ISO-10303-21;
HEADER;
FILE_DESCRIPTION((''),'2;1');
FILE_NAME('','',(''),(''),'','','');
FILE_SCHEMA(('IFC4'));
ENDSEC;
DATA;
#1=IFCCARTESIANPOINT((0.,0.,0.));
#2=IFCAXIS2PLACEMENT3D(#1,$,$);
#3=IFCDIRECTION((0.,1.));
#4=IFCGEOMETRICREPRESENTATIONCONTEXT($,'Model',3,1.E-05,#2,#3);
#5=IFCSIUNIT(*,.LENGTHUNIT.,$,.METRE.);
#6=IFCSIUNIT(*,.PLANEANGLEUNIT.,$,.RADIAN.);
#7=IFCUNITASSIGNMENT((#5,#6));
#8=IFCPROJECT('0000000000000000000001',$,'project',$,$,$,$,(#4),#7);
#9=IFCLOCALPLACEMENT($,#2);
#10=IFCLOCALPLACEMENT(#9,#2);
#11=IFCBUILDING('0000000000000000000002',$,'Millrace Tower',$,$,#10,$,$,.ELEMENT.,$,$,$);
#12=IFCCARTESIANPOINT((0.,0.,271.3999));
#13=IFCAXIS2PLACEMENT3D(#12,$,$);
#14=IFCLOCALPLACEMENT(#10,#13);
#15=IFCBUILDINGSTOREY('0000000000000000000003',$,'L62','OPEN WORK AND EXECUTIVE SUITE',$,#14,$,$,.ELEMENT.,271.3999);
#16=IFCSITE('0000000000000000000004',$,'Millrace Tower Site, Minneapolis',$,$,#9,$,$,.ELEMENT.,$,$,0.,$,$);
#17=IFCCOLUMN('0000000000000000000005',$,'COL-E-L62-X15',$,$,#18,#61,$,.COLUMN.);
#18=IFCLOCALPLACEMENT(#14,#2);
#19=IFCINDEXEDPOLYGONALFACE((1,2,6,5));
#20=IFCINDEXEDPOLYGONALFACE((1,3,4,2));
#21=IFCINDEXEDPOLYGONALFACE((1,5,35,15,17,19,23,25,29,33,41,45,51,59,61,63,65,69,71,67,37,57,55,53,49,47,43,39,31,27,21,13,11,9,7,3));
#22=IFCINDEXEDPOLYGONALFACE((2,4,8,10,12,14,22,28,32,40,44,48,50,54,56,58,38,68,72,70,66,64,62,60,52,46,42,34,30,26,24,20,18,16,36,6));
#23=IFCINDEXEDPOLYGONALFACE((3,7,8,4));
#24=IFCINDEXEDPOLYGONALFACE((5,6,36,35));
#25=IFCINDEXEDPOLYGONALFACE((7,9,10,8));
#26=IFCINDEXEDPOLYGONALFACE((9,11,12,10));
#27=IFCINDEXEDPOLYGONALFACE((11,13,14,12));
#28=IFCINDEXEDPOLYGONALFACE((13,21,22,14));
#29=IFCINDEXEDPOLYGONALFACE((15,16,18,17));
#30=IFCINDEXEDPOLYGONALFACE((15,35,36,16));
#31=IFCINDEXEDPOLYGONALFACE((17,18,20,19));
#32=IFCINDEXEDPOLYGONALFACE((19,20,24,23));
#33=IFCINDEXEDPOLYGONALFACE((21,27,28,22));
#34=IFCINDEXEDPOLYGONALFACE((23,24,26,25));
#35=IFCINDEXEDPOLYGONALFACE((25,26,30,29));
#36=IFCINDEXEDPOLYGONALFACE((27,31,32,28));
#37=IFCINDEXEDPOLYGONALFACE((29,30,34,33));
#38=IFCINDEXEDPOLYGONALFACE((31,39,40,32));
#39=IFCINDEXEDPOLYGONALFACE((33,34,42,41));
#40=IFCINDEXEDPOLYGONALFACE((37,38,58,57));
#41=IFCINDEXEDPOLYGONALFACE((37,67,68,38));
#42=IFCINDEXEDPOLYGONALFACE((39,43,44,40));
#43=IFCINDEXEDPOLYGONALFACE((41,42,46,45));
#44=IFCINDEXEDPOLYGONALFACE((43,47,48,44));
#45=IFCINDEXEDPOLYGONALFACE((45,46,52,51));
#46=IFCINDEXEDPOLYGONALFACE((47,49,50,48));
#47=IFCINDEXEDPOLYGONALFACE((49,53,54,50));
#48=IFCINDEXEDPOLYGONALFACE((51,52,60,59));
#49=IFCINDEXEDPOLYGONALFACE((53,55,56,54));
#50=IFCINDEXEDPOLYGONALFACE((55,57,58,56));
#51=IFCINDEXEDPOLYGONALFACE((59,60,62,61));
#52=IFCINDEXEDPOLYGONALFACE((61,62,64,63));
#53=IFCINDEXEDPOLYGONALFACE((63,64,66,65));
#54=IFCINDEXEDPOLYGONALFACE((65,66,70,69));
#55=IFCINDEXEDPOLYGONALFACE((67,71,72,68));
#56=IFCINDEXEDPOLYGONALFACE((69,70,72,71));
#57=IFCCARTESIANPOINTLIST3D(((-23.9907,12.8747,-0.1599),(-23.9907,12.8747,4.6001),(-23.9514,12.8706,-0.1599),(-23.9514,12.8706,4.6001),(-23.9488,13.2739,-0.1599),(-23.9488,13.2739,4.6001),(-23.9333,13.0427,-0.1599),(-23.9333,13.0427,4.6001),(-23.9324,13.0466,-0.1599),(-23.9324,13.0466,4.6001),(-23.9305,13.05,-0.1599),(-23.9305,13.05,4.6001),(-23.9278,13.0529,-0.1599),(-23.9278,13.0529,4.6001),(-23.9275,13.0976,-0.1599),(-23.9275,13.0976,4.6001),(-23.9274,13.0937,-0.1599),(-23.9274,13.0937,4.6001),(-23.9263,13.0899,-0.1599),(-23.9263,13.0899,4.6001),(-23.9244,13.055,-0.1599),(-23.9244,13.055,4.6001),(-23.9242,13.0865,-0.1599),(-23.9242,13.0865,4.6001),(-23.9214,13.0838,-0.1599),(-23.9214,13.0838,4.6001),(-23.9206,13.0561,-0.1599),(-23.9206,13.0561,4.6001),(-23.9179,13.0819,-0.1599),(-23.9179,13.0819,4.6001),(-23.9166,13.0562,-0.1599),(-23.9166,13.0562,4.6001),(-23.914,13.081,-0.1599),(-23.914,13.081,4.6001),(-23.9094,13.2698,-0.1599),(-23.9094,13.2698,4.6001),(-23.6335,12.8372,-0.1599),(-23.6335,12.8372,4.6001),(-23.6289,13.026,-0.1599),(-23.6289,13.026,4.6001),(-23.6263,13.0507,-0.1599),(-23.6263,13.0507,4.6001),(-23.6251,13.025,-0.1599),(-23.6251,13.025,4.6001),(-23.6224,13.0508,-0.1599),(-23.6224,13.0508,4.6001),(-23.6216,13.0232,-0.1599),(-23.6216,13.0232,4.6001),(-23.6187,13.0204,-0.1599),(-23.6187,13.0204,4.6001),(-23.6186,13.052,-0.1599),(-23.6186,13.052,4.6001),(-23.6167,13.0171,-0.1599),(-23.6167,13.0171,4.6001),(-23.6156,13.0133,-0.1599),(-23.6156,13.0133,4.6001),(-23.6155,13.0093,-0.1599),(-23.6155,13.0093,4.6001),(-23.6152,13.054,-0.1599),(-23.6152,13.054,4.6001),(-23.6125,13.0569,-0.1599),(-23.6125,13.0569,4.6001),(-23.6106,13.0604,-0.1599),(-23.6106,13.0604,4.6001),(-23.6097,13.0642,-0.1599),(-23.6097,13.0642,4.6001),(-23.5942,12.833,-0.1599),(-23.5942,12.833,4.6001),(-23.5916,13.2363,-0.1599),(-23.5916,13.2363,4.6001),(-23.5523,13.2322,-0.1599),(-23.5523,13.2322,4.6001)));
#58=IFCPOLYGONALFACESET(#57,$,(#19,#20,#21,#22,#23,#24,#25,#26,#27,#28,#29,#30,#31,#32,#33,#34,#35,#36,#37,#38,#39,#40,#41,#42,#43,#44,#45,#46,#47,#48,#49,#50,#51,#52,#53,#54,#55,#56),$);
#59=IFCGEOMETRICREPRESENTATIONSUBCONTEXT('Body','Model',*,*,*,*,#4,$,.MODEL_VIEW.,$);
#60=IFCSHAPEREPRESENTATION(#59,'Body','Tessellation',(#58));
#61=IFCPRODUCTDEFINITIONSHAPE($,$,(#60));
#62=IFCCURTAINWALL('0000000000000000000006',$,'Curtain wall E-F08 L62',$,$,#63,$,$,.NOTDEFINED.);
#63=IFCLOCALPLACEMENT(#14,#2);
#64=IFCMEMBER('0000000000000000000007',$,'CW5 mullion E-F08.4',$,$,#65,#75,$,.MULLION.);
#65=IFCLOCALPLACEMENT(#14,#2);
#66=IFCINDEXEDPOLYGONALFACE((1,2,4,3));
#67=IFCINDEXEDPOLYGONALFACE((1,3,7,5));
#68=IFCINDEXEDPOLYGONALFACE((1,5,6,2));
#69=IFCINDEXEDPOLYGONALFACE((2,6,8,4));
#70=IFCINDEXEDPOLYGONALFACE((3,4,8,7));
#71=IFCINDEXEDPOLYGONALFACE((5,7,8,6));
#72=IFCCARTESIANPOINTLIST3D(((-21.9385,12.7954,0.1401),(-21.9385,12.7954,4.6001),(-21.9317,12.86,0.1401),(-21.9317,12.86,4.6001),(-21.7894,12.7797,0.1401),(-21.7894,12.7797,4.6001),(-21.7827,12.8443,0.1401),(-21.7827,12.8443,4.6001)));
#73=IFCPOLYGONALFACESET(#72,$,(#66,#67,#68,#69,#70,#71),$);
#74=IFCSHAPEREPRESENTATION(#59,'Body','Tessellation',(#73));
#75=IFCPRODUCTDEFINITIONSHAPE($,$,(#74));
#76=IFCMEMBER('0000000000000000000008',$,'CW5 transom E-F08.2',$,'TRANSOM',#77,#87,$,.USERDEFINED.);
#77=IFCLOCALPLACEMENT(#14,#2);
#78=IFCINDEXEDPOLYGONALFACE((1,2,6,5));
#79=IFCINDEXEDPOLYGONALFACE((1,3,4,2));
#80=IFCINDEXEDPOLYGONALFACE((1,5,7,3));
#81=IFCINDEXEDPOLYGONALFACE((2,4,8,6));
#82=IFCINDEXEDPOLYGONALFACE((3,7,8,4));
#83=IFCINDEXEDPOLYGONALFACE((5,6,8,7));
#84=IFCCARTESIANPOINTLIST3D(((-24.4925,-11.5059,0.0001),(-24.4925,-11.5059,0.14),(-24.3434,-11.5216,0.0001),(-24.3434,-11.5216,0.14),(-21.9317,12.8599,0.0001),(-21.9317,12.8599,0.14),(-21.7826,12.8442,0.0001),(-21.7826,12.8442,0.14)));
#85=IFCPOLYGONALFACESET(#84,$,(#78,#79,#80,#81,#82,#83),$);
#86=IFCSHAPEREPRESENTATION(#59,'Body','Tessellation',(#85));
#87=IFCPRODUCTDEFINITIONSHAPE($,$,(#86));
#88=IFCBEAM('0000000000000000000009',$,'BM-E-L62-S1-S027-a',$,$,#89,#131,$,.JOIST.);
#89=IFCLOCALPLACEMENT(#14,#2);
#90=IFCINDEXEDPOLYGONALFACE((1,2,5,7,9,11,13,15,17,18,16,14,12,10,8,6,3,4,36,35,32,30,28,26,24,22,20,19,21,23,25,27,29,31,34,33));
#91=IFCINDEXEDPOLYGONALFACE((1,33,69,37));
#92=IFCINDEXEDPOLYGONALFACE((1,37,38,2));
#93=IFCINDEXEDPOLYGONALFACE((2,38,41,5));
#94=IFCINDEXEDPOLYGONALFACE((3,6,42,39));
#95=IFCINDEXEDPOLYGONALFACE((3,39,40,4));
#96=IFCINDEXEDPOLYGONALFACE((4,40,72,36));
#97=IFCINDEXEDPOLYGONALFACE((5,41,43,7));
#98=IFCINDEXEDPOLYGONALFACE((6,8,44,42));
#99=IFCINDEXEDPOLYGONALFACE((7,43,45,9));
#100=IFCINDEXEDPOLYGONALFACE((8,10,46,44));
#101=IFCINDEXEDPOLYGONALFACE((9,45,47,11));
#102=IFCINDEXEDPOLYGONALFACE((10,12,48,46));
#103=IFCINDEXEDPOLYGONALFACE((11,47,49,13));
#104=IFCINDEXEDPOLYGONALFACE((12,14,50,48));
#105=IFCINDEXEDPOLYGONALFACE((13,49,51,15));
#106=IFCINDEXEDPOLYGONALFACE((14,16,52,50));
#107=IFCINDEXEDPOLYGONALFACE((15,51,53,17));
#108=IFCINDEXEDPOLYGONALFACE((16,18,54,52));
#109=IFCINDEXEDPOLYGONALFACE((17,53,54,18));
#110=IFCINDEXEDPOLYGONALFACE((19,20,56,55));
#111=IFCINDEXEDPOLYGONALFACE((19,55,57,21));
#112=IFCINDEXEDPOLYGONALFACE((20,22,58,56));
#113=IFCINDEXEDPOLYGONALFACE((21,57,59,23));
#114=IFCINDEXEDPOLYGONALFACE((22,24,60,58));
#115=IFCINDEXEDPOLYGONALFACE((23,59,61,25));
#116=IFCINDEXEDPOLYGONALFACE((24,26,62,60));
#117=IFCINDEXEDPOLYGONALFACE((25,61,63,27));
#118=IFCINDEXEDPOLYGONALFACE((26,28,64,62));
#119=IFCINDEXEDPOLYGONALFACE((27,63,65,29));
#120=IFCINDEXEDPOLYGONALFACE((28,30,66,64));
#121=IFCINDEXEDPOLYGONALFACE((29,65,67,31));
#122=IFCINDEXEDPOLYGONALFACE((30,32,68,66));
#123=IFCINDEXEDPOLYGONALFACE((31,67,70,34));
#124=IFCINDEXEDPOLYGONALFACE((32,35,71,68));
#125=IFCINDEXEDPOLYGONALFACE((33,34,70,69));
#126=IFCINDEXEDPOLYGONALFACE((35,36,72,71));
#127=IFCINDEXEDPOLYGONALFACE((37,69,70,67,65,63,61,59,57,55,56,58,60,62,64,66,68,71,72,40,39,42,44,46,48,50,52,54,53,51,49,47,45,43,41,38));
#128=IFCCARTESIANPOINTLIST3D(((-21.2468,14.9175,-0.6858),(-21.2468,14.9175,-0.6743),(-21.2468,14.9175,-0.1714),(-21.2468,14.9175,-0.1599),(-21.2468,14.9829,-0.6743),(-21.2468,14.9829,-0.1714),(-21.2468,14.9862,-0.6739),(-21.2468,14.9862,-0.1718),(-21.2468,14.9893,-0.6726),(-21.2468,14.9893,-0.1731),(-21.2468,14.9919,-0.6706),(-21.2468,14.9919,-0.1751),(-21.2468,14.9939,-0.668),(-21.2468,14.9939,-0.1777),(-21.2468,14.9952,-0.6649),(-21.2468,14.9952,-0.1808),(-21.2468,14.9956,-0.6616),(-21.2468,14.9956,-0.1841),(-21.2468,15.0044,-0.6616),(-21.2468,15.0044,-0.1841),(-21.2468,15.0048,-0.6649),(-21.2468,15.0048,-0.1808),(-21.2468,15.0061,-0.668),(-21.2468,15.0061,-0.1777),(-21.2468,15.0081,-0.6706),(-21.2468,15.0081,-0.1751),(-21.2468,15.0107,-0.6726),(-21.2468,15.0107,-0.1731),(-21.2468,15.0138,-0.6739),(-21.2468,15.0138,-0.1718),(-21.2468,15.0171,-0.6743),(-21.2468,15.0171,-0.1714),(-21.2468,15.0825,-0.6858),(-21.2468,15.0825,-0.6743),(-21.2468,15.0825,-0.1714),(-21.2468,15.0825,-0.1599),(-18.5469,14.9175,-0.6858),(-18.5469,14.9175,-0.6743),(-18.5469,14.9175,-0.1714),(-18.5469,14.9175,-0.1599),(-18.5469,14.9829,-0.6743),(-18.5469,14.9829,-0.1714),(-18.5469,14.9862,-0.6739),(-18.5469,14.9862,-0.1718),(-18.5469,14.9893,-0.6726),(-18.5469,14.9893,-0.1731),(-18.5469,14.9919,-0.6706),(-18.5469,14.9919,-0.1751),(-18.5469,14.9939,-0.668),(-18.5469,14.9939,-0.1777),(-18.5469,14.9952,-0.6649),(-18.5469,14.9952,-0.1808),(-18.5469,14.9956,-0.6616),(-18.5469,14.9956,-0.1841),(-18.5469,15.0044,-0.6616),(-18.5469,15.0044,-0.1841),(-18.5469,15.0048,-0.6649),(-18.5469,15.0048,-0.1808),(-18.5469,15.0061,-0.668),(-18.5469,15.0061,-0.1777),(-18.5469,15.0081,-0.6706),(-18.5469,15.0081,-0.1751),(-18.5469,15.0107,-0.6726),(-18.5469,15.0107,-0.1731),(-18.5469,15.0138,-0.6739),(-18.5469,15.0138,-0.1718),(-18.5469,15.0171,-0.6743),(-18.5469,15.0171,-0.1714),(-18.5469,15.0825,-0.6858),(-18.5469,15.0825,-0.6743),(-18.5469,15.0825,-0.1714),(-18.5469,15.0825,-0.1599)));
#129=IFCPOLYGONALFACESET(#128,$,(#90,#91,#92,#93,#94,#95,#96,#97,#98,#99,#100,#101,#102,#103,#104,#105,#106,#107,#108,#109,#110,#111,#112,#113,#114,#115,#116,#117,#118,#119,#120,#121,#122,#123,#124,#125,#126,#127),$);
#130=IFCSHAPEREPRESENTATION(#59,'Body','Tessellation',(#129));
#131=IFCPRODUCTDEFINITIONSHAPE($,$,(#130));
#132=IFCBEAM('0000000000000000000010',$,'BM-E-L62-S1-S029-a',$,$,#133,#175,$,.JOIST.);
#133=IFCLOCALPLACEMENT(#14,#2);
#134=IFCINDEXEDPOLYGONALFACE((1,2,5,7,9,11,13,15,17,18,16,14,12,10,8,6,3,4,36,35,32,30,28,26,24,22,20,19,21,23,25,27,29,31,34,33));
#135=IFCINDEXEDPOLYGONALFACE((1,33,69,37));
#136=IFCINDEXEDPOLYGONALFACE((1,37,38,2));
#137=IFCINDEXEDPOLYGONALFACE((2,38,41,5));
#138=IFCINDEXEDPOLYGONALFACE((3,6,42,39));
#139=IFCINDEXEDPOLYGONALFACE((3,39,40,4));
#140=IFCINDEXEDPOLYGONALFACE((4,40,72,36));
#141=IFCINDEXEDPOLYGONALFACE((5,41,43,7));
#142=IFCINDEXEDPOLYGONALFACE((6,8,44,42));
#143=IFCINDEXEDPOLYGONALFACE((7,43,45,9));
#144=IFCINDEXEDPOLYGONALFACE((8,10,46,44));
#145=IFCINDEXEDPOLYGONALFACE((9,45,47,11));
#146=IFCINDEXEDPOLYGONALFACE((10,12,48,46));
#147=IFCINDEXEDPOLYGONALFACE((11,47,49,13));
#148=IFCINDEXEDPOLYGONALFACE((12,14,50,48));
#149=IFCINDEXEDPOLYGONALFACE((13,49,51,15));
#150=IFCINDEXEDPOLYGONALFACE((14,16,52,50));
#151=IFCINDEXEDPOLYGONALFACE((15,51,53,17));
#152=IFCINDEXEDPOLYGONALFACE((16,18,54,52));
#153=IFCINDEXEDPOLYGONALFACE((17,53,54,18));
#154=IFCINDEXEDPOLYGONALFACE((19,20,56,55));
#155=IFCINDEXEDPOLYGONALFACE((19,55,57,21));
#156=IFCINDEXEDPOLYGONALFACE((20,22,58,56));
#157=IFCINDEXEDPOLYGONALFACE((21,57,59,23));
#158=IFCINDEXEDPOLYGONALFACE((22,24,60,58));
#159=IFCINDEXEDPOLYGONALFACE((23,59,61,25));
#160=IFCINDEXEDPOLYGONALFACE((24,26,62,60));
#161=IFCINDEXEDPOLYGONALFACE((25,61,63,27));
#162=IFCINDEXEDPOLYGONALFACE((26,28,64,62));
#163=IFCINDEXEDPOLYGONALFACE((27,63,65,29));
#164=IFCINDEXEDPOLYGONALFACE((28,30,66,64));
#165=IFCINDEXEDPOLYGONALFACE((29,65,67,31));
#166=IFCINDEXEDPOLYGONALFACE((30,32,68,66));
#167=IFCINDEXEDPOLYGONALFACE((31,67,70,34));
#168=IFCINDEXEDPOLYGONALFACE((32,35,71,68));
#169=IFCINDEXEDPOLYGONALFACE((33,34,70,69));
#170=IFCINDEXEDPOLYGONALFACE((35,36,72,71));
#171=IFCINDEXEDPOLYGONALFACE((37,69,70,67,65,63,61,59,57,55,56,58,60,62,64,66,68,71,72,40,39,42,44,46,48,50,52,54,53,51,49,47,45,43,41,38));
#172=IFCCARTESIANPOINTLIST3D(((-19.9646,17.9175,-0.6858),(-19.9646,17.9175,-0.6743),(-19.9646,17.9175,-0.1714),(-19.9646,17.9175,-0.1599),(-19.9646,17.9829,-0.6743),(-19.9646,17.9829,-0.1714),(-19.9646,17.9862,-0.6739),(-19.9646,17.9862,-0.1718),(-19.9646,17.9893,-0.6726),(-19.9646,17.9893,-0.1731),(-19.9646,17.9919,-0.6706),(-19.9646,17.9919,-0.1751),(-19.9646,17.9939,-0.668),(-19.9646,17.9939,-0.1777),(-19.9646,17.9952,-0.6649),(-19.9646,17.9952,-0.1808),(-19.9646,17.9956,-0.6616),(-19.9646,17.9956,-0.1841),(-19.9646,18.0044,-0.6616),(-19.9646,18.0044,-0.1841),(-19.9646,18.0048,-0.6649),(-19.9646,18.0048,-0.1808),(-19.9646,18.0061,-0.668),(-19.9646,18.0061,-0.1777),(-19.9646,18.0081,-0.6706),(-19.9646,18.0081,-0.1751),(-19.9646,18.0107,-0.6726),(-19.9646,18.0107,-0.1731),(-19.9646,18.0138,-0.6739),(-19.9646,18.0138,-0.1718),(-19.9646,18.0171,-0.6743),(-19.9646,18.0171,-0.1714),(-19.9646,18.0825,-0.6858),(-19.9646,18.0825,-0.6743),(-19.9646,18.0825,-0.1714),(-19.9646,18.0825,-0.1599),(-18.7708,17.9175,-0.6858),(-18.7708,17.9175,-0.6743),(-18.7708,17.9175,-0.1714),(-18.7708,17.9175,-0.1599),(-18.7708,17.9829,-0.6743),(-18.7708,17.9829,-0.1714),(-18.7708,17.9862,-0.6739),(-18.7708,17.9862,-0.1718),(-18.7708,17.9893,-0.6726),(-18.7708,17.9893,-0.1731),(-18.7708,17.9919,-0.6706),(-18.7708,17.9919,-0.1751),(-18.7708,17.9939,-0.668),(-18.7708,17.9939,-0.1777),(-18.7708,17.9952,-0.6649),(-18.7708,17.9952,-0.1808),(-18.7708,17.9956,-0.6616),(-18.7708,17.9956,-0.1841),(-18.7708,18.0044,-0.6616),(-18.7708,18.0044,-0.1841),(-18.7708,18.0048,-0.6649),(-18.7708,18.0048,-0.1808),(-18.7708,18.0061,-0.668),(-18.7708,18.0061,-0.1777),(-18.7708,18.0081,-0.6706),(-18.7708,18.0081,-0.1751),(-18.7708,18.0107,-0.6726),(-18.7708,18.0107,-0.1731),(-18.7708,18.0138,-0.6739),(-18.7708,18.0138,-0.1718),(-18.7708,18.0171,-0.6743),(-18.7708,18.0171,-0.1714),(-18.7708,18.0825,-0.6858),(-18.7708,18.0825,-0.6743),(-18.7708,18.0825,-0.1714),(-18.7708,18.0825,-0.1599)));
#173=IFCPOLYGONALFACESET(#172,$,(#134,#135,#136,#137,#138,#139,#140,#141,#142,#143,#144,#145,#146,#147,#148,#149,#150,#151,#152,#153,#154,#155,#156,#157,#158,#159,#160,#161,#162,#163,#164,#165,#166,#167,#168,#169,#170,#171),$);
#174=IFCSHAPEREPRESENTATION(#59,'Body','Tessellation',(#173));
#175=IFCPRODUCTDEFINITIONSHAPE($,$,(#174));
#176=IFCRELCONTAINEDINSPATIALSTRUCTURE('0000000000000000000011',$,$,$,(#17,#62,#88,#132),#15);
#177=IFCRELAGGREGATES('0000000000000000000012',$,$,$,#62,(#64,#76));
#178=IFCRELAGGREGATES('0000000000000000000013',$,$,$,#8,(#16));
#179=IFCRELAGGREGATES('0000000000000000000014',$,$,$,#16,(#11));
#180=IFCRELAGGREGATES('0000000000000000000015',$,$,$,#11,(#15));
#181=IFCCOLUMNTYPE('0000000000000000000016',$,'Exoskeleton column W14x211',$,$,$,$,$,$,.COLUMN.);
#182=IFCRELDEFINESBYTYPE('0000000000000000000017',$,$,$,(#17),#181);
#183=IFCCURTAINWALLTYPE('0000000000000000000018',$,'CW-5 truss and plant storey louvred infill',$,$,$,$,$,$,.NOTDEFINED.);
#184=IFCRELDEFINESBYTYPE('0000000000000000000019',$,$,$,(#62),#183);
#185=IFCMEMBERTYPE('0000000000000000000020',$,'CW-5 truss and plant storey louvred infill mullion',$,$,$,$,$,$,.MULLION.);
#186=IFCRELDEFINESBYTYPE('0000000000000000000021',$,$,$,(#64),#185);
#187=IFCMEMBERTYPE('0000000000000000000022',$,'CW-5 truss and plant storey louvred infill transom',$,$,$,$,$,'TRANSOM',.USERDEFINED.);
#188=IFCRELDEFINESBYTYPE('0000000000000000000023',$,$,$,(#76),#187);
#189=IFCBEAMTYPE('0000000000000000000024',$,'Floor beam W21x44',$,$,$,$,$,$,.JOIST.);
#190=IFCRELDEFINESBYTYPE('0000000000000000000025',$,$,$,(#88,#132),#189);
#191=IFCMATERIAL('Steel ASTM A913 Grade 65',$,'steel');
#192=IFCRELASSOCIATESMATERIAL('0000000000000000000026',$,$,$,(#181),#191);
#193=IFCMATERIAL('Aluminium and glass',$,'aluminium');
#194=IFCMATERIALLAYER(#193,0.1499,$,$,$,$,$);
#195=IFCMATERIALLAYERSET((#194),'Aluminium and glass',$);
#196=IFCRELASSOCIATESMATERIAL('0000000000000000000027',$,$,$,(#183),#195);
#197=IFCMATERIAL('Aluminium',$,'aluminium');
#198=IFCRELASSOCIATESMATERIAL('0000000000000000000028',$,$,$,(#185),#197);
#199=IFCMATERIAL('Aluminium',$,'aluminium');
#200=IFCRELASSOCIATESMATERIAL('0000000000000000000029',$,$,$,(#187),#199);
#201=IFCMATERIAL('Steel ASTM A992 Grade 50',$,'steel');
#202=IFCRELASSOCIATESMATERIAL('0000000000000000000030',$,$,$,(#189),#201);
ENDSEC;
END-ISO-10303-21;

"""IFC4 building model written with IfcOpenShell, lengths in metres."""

from ifc_helpers import new_model, si_unit, direction, frame, origin, origin_2d, place, context, subcontext, project, spatial, rectangle, i_section, extrude, material, layer, layer_set, material_profile, profile_set, type_object, element, aggregate, save


model = new_model("IFC4")

# Units and contexts
model_context = context("Model", 3, precision=1e-05, world=origin(), true_north=direction((0.0, 1.0)))
body_context = subcontext(model_context, "Body", "Model", "MODEL_VIEW")
ifc_project = project(units=[si_unit("LENGTHUNIT", "METRE"), si_unit("PLANEANGLEUNIT", "RADIAN")], contexts=[model_context])

# Site, building, storey
site_placement = place(None, origin())
site = spatial("IfcSite", under=ifc_project, at=site_placement, Name="Millrace Tower Site, Minneapolis", CompositionType="ELEMENT", RefElevation=0.0)
building_placement = place(site_placement, origin())
building = spatial("IfcBuilding", under=site, at=building_placement, Name="Millrace Tower", CompositionType="ELEMENT")
storey_placement = place(building_placement, frame((0.0, 0.0, 271.3999)))
storey = spatial("IfcBuildingStorey", under=building, at=storey_placement, Name="L62", Description="OPEN WORK AND EXECUTIVE SUITE", CompositionType="ELEMENT", Elevation=271.3999)

# Column
ifc_material_1 = material(Name="Steel ASTM A913 Grade 65", Category="steel")
ifc_material_profile_1 = material_profile(ifc_material_1, i_section(OverallWidth=0.4014, OverallDepth=0.3987, WebThickness=0.0249, FlangeThickness=0.0396, FilletRadius=0.0151, at=origin_2d()))
ifc_profile_set_1 = profile_set([ifc_material_profile_1], Name="Steel ASTM A913 Grade 65")
column_type = type_object("IfcColumnType", Name="Exoskeleton column W14x211", PredefinedType="COLUMN", material=ifc_profile_set_1)
column_placement = place(storey_placement, frame((-23.7715, 13.0535, -0.1599), z_axis=(0.0, 0.0, 1.0), x_axis=(-0.104528, -0.994522, 0.0)))
element("IfcColumn", 1, at=column_placement, inside=storey, type_object=column_type, Name="COL-E-L62-X15", PredefinedType="COLUMN", context=body_context, shape_type="SweptSolid", body=[
    extrude(i_section(OverallWidth=0.4014, OverallDepth=0.3987, WebThickness=0.0249, FlangeThickness=0.0396, FilletRadius=0.0151, at=origin_2d()), origin(), (0.0, 0.0, 1.0), 4.76),
])

# Curtain wall, members
ifc_material_2 = material(Name="Aluminium and glass", Category="aluminium")
ifc_layer_1 = layer(ifc_material_2, 0.1499)
ifc_layer_set_1 = layer_set([ifc_layer_1], Name="Aluminium and glass")
curtain_wall_type = type_object("IfcCurtainWallType", Name="CW-5 truss and plant storey louvred infill", PredefinedType="NOTDEFINED", material=ifc_layer_set_1)
curtain_wall_placement = place(storey_placement, origin())
curtain_wall = element("IfcCurtainWall", 2, at=curtain_wall_placement, inside=storey, type_object=curtain_wall_type, Name="Curtain wall E-F08 L62", PredefinedType="NOTDEFINED")
ifc_material_3 = material(Name="Aluminium", Category="aluminium")
ifc_material_profile_2 = material_profile(ifc_material_3, rectangle(XDim=0.0649, YDim=0.1499, at=origin_2d()))
ifc_profile_set_2 = profile_set([ifc_material_profile_2], Name="Aluminium")
member_type_1 = type_object("IfcMemberType", Name="CW-5 truss and plant storey louvred infill mullion", PredefinedType="MULLION", material=ifc_profile_set_2)
member_1_placement = place(storey_placement, frame((-21.8606, 12.8198, 0.1401), z_axis=(0.0, 0.0, 1.0), x_axis=(-0.104528, -0.994522, 0.0)))
member_1 = element("IfcMember", 3, at=member_1_placement, type_object=member_type_1, Name="CW5 mullion E-F08.4", PredefinedType="MULLION", context=body_context, shape_type="SweptSolid", body=[
    extrude(rectangle(XDim=0.0649, YDim=0.1499, at=origin_2d()), origin(), (0.0, 0.0, 1.0), 4.46),
])
ifc_material_4 = material(Name="Aluminium", Category="aluminium")
ifc_material_profile_3 = material_profile(ifc_material_4, rectangle(XDim=0.1499, YDim=0.1399, at=origin_2d()))
ifc_profile_set_3 = profile_set([ifc_material_profile_3], Name="Aluminium")
member_type_2 = type_object("IfcMemberType", Name="CW-5 truss and plant storey louvred infill transom", ElementType="TRANSOM", PredefinedType="USERDEFINED", material=ifc_profile_set_3)
member_2_placement = place(storey_placement, frame((-21.8572, 12.8521, 0.0701), z_axis=(-0.104522, -0.994523, 0.0), x_axis=(0.994523, -0.104522, 0.0)))
member_2 = element("IfcMember", 4, at=member_2_placement, type_object=member_type_2, Name="CW5 transom E-F08.2", ObjectType="TRANSOM", PredefinedType="USERDEFINED", context=body_context, shape_type="SweptSolid", body=[
    extrude(rectangle(XDim=0.1499, YDim=0.1399, at=origin_2d()), origin(), (0.0, 0.0, 1.0), 24.5),
])
aggregate(curtain_wall, [member_1, member_2])

# Beams
ifc_material_5 = material(Name="Steel ASTM A992 Grade 50", Category="steel")
ifc_material_profile_4 = material_profile(ifc_material_5, i_section(OverallWidth=0.165, OverallDepth=0.5259, WebThickness=0.0088, FlangeThickness=0.0115, FilletRadius=0.0127, at=origin_2d()))
ifc_profile_set_4 = profile_set([ifc_material_profile_4], Name="Steel ASTM A992 Grade 50")
beam_type_1 = type_object("IfcBeamType", Name="Floor beam W21x44", PredefinedType="JOIST", material=ifc_profile_set_4)
beam_1_placement = place(storey_placement, frame((-21.2468, 15.0, -0.4229), z_axis=(1.0, 0.0, 0.0), x_axis=(0.0, 1.0, 0.0)))
element("IfcBeam", 5, at=beam_1_placement, inside=storey, type_object=beam_type_1, Name="BM-E-L62-S1-S027-a", PredefinedType="JOIST", context=body_context, shape_type="SweptSolid", body=[
    extrude(i_section(OverallWidth=0.165, OverallDepth=0.5259, WebThickness=0.0088, FlangeThickness=0.0115, FilletRadius=0.0127, at=origin_2d()), origin(), (0.0, 0.0, 1.0), 2.7),
])
beam_2_placement = place(storey_placement, frame((-19.9646, 18.0, -0.4229), z_axis=(1.0, 0.0, 0.0), x_axis=(0.0, 1.0, 0.0)))
element("IfcBeam", 6, at=beam_2_placement, inside=storey, type_object=beam_type_1, Name="BM-E-L62-S1-S029-a", PredefinedType="JOIST", context=body_context, shape_type="SweptSolid", body=[
    extrude(i_section(OverallWidth=0.165, OverallDepth=0.5259, WebThickness=0.0088, FlangeThickness=0.0115, FilletRadius=0.0127, at=origin_2d()), origin(), (0.0, 0.0, 1.0), 1.1938),
])

save(model, "model.ifc")
